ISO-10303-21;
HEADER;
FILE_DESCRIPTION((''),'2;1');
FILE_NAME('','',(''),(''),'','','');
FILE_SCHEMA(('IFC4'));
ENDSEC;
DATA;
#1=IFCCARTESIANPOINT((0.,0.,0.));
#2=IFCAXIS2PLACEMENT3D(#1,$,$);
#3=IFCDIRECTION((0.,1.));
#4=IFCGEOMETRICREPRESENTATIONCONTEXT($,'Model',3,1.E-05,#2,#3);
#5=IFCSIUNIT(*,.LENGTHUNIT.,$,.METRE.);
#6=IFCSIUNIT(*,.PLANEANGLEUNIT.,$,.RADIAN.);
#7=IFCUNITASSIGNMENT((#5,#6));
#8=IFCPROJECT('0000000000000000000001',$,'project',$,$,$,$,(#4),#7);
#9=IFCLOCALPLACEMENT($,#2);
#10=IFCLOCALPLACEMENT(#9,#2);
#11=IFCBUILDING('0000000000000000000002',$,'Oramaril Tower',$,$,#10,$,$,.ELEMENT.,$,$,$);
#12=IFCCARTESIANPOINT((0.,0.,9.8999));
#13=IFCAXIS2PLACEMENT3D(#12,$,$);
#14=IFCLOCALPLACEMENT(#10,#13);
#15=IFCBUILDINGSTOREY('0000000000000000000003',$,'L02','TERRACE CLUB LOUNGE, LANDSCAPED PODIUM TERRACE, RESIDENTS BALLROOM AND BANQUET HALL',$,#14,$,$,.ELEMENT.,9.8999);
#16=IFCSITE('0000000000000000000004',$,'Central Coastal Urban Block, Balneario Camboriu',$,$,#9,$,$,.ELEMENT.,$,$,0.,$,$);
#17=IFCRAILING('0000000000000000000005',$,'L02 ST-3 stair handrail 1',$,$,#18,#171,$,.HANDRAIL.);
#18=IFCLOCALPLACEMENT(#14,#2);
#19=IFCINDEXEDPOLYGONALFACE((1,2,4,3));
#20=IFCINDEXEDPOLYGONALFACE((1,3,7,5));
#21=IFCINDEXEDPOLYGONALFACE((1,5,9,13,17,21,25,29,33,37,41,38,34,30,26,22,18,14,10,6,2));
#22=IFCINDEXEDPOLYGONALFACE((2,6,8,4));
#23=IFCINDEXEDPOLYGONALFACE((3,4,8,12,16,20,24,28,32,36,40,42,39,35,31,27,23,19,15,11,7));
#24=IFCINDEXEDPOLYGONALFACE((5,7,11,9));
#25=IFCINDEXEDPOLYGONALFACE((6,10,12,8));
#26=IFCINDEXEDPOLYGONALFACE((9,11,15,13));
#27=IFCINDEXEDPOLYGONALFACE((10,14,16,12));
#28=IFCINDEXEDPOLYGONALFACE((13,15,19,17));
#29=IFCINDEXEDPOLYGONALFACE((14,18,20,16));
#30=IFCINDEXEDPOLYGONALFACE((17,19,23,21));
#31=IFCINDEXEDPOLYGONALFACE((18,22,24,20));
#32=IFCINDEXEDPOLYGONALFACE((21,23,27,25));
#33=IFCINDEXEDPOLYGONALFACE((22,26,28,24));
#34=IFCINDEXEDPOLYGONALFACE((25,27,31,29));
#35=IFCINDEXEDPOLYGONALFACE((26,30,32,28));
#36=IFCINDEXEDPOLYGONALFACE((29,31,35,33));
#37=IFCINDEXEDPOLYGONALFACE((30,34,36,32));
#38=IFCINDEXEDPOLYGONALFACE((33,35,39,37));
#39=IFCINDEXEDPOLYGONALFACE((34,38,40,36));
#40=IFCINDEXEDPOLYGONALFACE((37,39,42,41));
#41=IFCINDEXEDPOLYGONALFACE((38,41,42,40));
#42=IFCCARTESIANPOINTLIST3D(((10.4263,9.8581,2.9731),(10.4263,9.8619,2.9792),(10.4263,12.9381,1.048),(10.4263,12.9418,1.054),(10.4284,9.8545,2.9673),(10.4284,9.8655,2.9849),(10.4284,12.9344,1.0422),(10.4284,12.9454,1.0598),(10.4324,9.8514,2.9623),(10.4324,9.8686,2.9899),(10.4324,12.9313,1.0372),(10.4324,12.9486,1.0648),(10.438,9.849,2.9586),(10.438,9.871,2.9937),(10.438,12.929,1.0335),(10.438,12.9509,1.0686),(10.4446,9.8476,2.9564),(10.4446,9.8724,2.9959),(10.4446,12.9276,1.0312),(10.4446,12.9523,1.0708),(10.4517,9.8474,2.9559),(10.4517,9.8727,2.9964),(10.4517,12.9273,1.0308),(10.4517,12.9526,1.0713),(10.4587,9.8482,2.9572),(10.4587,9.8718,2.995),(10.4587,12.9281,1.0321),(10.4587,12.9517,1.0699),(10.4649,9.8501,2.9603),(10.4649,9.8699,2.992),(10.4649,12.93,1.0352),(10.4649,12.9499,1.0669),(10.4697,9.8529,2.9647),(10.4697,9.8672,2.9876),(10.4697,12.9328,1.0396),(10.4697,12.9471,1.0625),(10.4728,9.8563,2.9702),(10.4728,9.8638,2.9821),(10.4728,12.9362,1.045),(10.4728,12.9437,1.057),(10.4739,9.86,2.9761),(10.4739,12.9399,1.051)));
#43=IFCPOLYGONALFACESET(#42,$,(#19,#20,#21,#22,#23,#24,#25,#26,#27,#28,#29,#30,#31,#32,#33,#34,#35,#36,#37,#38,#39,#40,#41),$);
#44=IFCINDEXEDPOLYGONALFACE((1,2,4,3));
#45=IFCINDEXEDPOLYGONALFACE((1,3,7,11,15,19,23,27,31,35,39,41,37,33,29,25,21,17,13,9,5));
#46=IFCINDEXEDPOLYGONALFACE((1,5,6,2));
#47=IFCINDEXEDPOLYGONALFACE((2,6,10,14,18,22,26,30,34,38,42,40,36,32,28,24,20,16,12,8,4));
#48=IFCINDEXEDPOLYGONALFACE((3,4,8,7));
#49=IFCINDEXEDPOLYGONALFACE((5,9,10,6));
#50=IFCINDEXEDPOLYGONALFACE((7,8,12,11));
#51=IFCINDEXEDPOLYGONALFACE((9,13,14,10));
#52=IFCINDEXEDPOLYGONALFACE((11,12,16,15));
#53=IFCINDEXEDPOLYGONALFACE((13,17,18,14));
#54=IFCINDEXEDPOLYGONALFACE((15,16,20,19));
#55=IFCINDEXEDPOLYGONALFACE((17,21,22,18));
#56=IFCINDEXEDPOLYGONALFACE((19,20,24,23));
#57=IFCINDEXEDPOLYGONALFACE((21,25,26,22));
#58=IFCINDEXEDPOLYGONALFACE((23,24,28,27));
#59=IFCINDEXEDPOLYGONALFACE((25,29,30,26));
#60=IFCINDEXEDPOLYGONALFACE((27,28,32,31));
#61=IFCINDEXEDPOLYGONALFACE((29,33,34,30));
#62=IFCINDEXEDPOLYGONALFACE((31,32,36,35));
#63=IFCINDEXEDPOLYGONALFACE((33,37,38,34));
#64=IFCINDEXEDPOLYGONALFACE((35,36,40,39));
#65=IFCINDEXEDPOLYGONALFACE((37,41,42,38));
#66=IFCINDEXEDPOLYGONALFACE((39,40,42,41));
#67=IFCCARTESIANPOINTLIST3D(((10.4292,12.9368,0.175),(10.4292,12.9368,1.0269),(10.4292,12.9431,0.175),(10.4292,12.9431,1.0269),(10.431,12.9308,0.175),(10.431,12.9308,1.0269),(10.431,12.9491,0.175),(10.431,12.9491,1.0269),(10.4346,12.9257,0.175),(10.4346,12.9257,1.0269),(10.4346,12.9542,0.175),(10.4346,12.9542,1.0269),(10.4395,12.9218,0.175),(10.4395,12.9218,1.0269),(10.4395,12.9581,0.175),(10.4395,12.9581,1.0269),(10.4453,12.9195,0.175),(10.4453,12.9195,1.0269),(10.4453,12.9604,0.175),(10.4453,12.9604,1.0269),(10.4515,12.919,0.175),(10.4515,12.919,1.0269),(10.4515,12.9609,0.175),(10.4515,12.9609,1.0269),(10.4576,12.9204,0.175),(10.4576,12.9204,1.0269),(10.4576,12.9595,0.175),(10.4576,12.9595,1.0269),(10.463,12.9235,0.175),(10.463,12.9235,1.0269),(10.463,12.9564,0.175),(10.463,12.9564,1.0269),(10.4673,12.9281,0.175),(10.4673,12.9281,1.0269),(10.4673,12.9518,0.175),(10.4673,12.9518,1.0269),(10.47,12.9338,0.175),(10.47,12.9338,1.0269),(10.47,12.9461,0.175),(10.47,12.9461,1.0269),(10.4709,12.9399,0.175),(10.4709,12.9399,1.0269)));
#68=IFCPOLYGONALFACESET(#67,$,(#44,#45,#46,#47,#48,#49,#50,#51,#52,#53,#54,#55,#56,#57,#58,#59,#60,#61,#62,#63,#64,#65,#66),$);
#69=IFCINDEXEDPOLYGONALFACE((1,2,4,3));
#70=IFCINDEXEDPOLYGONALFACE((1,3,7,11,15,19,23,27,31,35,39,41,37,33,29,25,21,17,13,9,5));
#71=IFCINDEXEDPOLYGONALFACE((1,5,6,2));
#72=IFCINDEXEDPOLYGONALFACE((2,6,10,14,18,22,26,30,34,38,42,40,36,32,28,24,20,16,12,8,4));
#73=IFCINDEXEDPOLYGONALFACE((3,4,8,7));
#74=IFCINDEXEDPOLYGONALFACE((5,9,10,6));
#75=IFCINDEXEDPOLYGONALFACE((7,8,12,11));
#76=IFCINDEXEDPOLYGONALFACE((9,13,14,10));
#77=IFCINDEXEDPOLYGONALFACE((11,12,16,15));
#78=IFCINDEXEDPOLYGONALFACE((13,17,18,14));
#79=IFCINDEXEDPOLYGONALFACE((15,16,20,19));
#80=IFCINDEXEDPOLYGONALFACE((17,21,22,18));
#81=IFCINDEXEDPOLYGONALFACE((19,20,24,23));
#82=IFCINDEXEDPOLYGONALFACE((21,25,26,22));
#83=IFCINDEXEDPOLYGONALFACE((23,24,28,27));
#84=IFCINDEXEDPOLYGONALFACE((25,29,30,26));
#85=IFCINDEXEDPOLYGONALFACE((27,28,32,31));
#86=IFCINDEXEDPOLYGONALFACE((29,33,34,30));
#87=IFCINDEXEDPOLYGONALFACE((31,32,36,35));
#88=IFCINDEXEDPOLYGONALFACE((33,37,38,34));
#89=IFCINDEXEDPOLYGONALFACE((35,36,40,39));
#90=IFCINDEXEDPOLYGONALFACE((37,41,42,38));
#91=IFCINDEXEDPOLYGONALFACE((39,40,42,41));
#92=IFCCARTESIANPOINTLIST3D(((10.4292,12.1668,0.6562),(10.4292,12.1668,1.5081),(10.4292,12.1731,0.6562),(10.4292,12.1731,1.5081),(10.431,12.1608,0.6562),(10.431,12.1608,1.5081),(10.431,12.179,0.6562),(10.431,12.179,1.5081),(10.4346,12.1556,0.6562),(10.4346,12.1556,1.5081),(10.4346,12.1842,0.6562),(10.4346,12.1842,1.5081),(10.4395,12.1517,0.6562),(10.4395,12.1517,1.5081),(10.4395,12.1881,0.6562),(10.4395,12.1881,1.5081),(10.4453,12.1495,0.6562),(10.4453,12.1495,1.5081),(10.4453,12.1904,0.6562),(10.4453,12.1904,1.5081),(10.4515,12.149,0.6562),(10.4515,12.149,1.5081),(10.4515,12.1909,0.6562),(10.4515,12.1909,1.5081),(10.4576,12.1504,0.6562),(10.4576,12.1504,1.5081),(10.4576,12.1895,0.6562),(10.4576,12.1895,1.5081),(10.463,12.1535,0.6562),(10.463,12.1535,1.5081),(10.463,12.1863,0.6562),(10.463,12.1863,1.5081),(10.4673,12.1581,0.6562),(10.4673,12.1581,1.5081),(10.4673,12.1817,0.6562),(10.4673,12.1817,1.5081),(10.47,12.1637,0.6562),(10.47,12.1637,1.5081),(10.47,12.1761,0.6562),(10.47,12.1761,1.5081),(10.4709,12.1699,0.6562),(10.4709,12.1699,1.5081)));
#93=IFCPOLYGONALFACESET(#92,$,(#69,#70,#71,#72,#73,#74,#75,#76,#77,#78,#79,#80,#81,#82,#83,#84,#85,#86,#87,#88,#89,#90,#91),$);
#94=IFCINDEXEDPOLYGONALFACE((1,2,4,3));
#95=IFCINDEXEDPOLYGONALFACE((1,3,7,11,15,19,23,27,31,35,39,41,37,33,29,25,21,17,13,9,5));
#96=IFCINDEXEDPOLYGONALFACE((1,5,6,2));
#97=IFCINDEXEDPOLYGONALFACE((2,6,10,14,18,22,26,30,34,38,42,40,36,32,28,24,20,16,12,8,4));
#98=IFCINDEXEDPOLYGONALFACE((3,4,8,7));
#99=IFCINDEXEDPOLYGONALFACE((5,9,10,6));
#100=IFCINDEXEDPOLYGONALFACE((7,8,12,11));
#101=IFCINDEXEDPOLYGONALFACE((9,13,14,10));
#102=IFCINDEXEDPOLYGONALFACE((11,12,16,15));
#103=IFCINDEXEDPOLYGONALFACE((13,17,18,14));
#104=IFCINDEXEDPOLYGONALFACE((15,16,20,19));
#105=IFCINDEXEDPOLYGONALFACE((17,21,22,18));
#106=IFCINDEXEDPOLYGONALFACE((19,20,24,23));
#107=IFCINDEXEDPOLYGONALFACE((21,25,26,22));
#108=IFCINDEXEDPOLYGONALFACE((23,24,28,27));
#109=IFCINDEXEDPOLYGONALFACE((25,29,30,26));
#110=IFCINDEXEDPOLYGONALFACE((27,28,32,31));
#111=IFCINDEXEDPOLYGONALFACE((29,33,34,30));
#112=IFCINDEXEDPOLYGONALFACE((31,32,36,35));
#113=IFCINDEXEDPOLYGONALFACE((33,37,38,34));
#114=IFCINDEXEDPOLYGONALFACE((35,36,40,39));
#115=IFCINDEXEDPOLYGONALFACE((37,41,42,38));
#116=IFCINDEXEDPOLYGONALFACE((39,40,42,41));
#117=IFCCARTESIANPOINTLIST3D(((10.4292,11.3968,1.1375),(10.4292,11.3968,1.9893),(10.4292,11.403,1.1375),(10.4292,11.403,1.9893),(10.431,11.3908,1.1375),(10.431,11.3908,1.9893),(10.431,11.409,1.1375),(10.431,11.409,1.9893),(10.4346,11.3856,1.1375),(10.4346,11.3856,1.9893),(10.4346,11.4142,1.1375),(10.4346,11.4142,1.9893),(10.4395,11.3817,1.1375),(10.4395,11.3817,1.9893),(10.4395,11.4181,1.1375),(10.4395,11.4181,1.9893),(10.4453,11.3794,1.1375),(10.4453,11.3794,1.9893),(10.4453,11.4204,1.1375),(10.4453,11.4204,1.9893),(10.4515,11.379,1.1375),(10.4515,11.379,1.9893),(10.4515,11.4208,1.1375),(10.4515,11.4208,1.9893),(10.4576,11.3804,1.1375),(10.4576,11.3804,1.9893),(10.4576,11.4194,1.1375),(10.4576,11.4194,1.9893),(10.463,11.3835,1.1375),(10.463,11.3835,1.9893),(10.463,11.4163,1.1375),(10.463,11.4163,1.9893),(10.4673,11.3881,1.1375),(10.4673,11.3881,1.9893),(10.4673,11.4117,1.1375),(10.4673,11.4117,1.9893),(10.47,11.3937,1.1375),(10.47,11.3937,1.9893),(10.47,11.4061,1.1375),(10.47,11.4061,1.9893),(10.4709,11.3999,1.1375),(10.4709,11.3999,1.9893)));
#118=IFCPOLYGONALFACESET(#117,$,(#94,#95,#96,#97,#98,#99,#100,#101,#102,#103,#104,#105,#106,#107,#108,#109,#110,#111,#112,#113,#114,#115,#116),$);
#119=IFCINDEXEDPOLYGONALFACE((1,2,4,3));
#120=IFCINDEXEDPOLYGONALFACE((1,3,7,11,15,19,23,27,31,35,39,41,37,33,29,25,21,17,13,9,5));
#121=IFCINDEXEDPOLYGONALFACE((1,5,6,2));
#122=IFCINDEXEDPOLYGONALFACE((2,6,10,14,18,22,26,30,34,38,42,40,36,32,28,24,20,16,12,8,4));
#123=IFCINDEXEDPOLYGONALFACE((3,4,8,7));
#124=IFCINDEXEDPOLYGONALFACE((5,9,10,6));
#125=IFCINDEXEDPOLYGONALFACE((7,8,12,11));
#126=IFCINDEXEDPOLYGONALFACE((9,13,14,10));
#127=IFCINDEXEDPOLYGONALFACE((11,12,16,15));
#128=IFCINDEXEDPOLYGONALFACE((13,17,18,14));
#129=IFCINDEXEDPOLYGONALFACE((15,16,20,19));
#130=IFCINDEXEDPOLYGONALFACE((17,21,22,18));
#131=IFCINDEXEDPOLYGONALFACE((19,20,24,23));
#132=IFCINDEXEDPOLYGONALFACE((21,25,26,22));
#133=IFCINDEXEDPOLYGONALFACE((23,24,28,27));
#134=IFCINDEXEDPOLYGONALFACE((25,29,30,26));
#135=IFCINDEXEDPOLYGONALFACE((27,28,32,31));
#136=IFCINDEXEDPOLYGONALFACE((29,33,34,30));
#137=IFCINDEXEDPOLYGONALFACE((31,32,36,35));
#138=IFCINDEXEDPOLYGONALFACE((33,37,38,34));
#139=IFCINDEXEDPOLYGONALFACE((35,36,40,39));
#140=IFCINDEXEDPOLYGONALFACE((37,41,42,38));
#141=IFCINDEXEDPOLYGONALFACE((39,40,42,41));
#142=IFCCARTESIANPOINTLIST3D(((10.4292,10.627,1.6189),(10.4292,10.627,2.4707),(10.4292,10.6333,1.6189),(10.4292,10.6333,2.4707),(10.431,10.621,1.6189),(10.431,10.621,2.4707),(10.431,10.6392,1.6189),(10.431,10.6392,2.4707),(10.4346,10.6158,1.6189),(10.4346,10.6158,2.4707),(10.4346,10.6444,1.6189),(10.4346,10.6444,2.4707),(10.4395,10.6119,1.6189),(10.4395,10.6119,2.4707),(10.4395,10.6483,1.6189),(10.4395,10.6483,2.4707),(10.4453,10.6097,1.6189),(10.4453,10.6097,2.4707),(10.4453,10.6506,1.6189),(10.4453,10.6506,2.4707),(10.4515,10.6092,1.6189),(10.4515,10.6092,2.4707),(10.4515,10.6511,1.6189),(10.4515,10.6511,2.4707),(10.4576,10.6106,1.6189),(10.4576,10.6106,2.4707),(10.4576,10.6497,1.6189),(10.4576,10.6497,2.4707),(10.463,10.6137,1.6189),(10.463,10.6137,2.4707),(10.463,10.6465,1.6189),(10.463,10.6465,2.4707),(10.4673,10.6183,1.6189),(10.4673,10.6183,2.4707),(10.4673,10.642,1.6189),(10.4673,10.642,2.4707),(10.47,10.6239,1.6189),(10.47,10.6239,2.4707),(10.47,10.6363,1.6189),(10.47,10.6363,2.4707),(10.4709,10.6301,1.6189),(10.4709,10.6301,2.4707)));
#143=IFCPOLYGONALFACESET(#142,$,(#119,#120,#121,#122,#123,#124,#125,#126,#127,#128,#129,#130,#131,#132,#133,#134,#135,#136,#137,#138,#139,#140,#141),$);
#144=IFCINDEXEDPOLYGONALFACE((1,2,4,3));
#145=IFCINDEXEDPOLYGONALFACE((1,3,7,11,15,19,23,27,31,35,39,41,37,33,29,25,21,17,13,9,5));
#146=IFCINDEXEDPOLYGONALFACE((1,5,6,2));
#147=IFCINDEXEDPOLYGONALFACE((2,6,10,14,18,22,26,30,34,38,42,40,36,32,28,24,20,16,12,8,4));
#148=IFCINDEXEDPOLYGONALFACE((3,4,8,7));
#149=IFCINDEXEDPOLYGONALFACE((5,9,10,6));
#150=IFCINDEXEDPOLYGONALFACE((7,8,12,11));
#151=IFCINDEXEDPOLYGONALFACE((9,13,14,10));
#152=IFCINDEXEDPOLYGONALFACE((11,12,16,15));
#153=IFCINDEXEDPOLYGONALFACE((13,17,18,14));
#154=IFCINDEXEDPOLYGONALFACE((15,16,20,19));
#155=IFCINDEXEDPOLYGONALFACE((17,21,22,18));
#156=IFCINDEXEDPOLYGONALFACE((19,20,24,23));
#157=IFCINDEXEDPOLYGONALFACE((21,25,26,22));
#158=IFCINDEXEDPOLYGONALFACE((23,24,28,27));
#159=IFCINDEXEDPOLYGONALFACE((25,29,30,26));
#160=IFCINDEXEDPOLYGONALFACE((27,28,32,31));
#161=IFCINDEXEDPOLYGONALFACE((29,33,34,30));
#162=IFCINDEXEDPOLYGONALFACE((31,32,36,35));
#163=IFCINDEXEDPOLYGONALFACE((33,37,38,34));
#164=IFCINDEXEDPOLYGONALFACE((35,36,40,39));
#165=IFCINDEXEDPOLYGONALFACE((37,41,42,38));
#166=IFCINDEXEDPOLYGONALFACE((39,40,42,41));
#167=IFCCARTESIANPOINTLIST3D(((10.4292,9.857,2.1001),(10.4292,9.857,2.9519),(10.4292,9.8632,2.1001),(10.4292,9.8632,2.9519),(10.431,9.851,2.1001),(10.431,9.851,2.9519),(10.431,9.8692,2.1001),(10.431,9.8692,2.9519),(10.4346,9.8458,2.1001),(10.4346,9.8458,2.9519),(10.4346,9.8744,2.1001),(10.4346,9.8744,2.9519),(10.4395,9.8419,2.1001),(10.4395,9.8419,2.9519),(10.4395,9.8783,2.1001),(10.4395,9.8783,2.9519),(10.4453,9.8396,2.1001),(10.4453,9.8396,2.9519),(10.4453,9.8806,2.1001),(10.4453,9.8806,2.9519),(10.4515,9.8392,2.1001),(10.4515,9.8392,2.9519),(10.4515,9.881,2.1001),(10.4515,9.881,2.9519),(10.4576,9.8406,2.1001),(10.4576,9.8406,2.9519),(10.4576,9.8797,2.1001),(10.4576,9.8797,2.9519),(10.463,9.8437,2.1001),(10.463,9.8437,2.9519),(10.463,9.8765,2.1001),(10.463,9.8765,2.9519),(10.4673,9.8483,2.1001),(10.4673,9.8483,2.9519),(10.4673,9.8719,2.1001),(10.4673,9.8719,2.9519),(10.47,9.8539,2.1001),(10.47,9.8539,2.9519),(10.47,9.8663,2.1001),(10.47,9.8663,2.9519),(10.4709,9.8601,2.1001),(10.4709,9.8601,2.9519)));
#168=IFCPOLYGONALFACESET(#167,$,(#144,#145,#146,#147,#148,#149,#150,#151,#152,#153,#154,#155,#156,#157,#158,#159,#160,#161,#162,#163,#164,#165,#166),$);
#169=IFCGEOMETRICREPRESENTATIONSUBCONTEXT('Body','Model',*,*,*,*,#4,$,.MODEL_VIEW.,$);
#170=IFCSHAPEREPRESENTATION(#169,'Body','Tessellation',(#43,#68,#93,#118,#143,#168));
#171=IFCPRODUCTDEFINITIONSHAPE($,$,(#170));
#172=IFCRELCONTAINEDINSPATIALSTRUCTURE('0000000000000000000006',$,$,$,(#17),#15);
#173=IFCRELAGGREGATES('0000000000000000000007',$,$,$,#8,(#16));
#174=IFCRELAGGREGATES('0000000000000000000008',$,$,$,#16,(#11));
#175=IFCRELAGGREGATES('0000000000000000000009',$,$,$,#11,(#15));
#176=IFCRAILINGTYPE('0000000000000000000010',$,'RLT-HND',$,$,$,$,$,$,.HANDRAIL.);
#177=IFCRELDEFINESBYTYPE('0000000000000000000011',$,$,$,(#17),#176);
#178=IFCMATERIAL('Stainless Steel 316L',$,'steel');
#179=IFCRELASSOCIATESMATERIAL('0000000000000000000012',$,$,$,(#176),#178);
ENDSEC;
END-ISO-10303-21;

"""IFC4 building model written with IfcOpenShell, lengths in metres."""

from ifc_helpers import new_model, si_unit, direction, frame, origin, origin_2d, place, context, subcontext, project, spatial, circle, extrude, material, type_object, element, save


model = new_model("IFC4")

# Units and contexts
model_context = context("Model", 3, precision=1e-05, world=origin(), true_north=direction((0.0, 1.0)))
body_context = subcontext(model_context, "Body", "Model", "MODEL_VIEW")
ifc_project = project(units=[si_unit("LENGTHUNIT", "METRE"), si_unit("PLANEANGLEUNIT", "RADIAN")], contexts=[model_context])

# Site, building, storey
site_placement = place(None, origin())
site = spatial("IfcSite", under=ifc_project, at=site_placement, Name="Central Coastal Urban Block, Balneario Camboriu", CompositionType="ELEMENT", RefElevation=0.0)
building_placement = place(site_placement, origin())
building = spatial("IfcBuilding", under=site, at=building_placement, Name="Oramaril Tower", CompositionType="ELEMENT")
storey_placement = place(building_placement, frame((0.0, 0.0, 9.8999)))
storey = spatial("IfcBuildingStorey", under=building, at=storey_placement, Name="L02", Description="TERRACE CLUB LOUNGE, LANDSCAPED PODIUM TERRACE, RESIDENTS BALLROOM AND BANQUET HALL", CompositionType="ELEMENT", Elevation=9.8999)

# Railing
ifc_material_1 = material(Name="Stainless Steel 316L", Category="steel")
railing_type_1 = type_object("IfcRailingType", Name="RLT-HND", PredefinedType="HANDRAIL", material=ifc_material_1)
railing_1_placement = place(storey_placement, frame((10.45, 12.9399, 0.175)))
element("IfcRailing", 1, at=railing_1_placement, inside=storey, type_object=railing_type_1, Name="L02 ST-3 stair handrail 1", PredefinedType="HANDRAIL", context=body_context, shape_type="SweptSolid", body=[
    extrude(circle(Radius=0.0239, at=origin_2d()), frame((0.0, 0.0, 0.876), z_axis=(0.0, -0.847979, 0.530029), x_axis=(1.0, 0.0, 0.0)), (0.0, 0.0, 1.0), 3.6321),
    extrude(circle(Radius=0.021, at=origin_2d()), origin(), (0.0, 0.0, 1.0), 0.8518),
    extrude(circle(Radius=0.021, at=origin_2d()), frame((0.0, -0.77, 0.4812)), (0.0, 0.0, 1.0), 0.8518),
    extrude(circle(Radius=0.021, at=origin_2d()), frame((0.0, -1.54, 0.9624)), (0.0, 0.0, 1.0), 0.8518),
    extrude(circle(Radius=0.021, at=origin_2d()), frame((0.0, -2.3098, 1.4438)), (0.0, 0.0, 1.0), 0.8518),
    extrude(circle(Radius=0.021, at=origin_2d()), frame((0.0, -3.0798, 1.925)), (0.0, 0.0, 1.0), 0.8518),
])

save(model, "model.ifc")
